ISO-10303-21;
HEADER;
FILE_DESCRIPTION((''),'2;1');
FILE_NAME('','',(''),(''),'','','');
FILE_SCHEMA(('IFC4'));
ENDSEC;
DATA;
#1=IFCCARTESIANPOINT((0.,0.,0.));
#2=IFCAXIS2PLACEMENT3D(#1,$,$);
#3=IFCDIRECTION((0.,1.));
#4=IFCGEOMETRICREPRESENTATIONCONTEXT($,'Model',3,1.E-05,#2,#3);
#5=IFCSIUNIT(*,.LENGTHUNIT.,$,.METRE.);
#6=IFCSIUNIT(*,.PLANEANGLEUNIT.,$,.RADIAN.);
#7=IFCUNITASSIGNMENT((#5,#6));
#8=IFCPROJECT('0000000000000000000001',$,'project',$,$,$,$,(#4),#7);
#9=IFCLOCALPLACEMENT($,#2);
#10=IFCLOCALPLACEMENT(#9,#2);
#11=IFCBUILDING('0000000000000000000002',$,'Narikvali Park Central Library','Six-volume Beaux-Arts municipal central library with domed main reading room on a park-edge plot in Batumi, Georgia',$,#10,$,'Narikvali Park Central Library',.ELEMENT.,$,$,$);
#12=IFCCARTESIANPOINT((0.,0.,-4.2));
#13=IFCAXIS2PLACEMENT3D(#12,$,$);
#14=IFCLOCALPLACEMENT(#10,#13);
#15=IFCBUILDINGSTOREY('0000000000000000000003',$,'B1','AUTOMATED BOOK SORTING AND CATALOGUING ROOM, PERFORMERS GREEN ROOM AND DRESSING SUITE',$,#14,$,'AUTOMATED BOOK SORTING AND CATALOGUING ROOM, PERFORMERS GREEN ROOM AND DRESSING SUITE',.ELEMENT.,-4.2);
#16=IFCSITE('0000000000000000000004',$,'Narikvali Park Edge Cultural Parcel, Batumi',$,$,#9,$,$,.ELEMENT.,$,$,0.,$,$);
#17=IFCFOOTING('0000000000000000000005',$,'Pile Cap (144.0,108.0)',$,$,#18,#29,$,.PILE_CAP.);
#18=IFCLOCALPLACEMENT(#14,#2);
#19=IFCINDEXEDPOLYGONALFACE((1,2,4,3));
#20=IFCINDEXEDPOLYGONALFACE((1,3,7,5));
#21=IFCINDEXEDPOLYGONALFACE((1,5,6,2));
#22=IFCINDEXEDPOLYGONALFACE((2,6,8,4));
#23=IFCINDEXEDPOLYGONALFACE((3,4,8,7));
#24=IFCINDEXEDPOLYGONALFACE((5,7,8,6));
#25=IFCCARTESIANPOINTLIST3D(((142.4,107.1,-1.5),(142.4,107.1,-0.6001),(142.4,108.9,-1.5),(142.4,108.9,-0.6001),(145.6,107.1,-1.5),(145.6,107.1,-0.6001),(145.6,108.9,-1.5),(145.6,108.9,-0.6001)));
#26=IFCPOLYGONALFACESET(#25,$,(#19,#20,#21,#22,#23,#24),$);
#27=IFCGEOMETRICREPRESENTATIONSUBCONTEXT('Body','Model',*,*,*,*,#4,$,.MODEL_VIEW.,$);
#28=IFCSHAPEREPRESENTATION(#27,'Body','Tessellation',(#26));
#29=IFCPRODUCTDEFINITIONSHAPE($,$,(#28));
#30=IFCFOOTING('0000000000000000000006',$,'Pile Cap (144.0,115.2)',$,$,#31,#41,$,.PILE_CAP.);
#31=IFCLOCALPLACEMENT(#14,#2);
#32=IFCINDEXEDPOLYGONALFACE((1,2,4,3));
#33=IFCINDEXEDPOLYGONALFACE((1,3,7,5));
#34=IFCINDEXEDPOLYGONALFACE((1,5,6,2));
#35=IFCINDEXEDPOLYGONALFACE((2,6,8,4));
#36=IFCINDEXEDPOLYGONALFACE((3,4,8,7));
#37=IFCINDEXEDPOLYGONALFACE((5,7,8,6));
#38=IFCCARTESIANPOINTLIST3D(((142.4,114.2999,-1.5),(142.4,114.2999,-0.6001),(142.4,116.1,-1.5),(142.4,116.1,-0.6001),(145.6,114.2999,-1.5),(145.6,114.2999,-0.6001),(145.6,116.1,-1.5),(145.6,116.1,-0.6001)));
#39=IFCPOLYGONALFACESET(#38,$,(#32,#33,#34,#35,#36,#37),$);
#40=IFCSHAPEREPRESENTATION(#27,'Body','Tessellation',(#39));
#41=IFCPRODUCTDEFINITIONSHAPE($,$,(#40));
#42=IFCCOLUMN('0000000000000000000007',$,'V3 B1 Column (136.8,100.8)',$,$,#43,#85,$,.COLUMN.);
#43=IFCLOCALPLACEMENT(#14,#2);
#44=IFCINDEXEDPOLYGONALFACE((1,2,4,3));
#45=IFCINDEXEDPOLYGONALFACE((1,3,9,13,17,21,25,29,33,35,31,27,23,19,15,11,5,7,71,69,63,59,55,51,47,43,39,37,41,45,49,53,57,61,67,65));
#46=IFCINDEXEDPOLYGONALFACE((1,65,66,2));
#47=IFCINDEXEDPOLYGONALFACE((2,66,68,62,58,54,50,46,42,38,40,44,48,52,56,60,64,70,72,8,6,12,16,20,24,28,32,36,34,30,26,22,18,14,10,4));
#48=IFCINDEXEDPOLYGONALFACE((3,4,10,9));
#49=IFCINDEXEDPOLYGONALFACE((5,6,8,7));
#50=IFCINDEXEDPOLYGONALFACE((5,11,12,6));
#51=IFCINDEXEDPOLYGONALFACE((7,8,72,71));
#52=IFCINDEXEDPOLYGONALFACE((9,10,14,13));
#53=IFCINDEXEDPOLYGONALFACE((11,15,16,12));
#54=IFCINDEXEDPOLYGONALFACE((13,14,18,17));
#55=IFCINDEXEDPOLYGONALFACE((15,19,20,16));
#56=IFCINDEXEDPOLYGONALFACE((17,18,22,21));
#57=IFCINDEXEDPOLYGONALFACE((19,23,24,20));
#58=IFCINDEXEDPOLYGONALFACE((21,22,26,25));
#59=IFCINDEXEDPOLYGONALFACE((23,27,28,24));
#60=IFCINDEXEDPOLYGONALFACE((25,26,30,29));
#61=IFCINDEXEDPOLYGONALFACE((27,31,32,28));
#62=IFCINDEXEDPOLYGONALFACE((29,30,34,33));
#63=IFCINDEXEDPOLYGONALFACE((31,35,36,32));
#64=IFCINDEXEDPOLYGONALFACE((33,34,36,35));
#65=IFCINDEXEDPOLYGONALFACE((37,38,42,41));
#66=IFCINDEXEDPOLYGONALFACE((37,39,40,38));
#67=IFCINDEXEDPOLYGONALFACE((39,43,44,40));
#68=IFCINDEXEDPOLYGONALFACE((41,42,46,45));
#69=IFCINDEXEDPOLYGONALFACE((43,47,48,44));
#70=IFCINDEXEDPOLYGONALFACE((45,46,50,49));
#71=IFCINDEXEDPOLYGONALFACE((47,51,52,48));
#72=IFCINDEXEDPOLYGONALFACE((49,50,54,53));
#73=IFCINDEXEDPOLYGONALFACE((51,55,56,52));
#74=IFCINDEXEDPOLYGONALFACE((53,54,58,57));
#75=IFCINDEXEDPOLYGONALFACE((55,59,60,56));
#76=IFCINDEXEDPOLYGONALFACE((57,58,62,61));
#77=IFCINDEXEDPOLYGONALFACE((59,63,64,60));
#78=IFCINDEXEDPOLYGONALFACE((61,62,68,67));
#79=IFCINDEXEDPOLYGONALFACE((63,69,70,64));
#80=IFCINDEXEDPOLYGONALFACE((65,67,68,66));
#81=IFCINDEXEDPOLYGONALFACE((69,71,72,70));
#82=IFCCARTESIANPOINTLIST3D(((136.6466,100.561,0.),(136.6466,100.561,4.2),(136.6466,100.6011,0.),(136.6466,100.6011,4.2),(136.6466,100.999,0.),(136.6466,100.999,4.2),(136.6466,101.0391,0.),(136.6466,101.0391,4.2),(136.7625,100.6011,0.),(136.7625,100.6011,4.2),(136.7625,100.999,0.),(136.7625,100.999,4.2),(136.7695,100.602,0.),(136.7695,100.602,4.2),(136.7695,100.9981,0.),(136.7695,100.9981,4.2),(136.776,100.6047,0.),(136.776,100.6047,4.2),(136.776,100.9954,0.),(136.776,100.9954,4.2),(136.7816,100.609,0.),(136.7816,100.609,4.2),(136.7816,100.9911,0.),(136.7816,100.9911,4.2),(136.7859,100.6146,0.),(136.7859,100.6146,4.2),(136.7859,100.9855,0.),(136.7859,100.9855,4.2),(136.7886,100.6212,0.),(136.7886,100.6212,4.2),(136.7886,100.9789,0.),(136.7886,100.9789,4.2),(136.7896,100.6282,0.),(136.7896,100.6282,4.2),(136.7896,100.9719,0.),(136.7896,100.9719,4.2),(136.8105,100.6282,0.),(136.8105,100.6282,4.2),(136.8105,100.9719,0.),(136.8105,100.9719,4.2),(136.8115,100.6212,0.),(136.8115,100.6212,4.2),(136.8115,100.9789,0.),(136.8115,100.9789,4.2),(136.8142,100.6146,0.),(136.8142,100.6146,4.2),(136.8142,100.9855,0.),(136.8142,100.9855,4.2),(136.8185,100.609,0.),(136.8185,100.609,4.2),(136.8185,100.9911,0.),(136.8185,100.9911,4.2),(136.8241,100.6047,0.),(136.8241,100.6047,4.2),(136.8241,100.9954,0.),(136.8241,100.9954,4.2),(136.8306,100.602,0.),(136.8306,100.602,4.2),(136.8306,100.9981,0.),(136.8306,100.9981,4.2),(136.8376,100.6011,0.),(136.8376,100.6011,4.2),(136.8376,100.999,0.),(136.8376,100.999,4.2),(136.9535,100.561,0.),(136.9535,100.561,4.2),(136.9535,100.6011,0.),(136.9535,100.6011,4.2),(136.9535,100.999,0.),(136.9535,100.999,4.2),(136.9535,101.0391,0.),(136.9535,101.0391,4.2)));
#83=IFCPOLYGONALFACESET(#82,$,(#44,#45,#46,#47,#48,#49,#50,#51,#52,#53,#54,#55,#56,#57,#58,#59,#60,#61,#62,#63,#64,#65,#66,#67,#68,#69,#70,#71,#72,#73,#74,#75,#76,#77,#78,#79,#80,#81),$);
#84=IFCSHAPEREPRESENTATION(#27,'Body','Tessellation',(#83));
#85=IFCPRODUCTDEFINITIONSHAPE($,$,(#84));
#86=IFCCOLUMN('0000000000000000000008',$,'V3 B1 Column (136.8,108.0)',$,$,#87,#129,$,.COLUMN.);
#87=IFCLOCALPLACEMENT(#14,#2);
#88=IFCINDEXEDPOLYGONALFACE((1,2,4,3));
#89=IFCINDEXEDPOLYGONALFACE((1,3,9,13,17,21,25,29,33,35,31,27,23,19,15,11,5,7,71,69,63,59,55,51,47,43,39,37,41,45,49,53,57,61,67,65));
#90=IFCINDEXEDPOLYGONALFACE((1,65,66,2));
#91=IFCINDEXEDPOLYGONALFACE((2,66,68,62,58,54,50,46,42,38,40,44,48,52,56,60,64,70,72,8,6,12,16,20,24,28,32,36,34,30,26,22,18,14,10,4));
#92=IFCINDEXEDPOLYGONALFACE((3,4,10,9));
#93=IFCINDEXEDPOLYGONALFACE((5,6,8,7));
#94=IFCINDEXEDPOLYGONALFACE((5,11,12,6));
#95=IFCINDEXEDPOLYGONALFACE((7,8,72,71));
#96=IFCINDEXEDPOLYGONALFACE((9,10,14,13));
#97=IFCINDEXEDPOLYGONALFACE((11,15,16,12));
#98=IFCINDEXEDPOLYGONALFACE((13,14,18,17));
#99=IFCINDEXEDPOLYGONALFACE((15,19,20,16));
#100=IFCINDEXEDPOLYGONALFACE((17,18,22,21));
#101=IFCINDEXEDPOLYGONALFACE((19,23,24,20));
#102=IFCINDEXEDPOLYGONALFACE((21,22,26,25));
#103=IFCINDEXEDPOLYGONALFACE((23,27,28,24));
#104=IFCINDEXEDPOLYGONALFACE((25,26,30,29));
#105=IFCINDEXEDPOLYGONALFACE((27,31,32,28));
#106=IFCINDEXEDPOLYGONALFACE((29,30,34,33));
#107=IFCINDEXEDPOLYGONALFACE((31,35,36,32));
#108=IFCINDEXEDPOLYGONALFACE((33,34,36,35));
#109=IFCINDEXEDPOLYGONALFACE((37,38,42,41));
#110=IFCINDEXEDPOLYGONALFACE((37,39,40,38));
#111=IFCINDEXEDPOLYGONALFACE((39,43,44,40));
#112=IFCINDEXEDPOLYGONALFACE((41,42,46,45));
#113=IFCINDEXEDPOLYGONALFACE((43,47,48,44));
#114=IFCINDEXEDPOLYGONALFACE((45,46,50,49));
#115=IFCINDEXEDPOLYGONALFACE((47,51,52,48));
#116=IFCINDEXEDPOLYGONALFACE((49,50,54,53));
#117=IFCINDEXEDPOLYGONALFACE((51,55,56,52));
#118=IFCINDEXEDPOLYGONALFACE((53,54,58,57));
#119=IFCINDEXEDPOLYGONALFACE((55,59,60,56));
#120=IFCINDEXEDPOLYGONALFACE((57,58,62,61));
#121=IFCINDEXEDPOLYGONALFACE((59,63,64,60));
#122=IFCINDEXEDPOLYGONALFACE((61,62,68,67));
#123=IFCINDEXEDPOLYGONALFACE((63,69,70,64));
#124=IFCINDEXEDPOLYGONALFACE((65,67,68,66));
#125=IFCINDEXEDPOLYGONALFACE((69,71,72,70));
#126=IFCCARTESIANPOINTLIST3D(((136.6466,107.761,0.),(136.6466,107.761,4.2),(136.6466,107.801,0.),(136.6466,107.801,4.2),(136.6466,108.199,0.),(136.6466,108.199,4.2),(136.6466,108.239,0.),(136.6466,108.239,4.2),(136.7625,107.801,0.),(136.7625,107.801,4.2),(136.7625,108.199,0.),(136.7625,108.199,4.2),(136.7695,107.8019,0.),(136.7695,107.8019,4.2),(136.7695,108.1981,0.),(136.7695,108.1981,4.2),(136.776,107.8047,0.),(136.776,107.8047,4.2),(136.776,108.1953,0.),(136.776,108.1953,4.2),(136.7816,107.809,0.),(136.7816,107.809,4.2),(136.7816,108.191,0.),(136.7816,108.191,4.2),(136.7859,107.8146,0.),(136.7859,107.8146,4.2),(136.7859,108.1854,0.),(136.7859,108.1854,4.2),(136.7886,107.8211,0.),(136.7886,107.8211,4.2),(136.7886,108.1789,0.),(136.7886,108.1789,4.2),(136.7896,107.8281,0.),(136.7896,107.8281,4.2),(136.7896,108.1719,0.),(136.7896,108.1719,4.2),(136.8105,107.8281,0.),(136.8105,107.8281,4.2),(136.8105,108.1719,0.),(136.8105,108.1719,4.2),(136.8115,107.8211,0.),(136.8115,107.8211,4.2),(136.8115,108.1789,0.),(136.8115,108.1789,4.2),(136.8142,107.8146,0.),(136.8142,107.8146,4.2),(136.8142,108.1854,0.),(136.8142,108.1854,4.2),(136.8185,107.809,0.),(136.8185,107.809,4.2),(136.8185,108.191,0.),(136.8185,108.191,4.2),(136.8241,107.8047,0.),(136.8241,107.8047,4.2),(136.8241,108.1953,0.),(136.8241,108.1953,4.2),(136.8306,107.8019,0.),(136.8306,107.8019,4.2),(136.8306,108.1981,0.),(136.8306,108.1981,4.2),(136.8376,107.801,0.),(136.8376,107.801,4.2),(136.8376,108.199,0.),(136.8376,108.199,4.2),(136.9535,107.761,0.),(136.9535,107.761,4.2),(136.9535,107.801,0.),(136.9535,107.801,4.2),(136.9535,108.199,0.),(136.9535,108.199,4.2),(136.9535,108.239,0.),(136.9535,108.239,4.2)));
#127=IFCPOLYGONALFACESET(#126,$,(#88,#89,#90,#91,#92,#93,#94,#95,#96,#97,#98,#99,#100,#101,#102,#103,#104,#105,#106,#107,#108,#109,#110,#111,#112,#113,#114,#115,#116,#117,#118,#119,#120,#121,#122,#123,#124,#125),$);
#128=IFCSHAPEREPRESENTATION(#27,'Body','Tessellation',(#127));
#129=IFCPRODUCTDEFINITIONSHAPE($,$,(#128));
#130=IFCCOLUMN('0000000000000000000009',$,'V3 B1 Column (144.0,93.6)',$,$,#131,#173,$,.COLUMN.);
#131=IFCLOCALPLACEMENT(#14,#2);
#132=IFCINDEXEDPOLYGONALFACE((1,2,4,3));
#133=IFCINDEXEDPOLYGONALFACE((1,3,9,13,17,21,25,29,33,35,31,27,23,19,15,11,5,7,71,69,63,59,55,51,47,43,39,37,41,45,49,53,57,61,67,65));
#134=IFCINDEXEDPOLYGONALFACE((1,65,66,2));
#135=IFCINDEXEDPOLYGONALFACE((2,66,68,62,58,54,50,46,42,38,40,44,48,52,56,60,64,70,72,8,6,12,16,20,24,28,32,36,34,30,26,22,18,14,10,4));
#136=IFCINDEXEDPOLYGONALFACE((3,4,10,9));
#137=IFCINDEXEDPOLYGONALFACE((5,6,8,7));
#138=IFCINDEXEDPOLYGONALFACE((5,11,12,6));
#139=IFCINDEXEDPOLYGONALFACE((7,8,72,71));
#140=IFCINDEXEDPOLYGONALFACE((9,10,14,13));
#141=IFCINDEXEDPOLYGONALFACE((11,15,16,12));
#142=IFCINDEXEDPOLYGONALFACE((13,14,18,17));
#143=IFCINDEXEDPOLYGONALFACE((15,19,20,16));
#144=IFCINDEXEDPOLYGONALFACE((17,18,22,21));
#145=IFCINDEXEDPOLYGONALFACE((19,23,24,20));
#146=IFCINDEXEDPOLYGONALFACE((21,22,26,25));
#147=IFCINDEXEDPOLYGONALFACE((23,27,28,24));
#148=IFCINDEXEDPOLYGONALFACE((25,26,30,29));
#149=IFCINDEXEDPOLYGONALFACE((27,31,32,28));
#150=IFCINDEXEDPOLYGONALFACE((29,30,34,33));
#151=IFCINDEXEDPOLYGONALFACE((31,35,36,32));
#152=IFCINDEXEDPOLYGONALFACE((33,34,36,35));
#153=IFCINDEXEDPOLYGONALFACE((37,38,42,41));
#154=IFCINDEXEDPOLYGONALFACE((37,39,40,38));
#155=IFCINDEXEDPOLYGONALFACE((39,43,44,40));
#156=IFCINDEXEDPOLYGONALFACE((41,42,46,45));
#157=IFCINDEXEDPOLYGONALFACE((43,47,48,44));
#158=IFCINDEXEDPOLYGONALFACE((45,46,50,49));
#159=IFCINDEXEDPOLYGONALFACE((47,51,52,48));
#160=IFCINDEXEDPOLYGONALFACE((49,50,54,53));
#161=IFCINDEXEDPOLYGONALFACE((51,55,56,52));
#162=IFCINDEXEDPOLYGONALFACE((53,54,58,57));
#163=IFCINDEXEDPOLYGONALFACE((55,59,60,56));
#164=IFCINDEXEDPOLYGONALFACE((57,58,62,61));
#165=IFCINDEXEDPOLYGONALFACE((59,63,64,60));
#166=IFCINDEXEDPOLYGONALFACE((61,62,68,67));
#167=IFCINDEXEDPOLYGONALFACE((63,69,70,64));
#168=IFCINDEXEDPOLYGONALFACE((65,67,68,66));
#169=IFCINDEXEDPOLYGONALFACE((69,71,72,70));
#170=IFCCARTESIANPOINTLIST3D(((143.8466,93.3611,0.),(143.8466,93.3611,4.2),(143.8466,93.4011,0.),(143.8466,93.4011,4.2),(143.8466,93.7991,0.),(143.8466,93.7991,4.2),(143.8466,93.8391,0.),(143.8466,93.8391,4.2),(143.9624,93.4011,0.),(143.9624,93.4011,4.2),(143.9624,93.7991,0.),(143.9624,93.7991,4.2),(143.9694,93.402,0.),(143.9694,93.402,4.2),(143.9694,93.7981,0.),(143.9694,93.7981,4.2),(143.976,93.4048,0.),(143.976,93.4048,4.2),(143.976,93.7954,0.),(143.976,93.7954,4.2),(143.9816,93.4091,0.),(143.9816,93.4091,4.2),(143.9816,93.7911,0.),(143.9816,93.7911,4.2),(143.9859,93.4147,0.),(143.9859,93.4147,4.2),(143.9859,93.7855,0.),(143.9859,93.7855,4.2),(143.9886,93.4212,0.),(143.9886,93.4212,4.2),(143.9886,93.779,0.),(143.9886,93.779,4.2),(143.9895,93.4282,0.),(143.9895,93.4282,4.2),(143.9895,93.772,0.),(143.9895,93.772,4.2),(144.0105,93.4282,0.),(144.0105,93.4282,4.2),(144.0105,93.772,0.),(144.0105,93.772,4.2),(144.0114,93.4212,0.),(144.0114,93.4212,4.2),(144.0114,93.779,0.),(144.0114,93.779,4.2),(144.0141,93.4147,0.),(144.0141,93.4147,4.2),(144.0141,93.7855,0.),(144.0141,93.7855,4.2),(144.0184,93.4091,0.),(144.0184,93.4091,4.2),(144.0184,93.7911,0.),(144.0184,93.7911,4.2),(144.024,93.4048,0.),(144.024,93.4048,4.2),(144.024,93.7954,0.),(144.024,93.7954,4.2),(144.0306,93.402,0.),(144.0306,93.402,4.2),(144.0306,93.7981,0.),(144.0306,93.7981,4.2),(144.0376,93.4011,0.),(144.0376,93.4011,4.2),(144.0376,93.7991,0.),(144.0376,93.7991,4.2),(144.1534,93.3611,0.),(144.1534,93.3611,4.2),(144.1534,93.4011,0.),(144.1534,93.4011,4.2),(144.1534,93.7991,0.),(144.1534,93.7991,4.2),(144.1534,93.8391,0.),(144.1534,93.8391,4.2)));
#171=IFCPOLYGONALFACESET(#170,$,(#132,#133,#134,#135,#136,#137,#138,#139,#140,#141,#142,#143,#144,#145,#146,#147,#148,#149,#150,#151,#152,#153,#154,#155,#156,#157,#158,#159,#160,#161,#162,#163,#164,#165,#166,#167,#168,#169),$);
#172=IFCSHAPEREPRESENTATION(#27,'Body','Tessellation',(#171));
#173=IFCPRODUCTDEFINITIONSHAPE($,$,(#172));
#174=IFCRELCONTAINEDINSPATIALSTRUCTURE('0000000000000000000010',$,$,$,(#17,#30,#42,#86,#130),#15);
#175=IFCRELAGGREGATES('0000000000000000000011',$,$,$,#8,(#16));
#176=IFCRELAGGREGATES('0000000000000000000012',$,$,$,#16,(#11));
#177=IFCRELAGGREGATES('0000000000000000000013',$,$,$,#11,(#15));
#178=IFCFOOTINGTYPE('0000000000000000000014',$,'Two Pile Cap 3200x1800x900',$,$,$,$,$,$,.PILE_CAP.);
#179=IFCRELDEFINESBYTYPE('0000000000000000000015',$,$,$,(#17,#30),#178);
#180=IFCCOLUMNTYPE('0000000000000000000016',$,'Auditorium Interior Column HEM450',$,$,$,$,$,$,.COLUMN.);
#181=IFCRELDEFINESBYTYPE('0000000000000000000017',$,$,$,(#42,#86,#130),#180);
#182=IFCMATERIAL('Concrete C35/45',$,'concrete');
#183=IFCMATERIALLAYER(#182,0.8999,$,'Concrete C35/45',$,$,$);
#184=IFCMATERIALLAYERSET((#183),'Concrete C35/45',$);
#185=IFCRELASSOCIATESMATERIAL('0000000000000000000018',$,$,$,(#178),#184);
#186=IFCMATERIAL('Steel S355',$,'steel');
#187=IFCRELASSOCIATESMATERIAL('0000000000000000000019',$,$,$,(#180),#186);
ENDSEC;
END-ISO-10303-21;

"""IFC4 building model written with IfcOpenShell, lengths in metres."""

from ifc_helpers import new_model, si_unit, direction, frame, origin, origin_2d, place, context, subcontext, project, spatial, rectangle, i_section, extrude, material, layer, layer_set, material_profile, profile_set, type_object, element, save


model = new_model("IFC4")

# Units and contexts
model_context = context("Model", 3, precision=1e-05, world=origin(), true_north=direction((0.0, 1.0)))
body_context = subcontext(model_context, "Body", "Model", "MODEL_VIEW")
ifc_project = project(units=[si_unit("LENGTHUNIT", "METRE"), si_unit("PLANEANGLEUNIT", "RADIAN")], contexts=[model_context])

# Site, building, storey
site_placement = place(None, origin())
site = spatial("IfcSite", under=ifc_project, at=site_placement, Name="Narikvali Park Edge Cultural Parcel, Batumi", CompositionType="ELEMENT", RefElevation=0.0)
building_placement = place(site_placement, origin())
building = spatial("IfcBuilding", under=site, at=building_placement, Name="Narikvali Park Central Library", Description="Six-volume Beaux-Arts municipal central library with domed main reading room on a park-edge plot in Batumi, Georgia", LongName="Narikvali Park Central Library", CompositionType="ELEMENT")
storey_placement = place(building_placement, frame((0.0, 0.0, -4.2)))
storey = spatial("IfcBuildingStorey", under=building, at=storey_placement, Name="B1", Description="AUTOMATED BOOK SORTING AND CATALOGUING ROOM, PERFORMERS GREEN ROOM AND DRESSING SUITE", LongName="AUTOMATED BOOK SORTING AND CATALOGUING ROOM, PERFORMERS GREEN ROOM AND DRESSING SUITE", CompositionType="ELEMENT", Elevation=-4.2)

# Shared definitions
ifc_material_1 = material(Name="Concrete C35/45", Category="concrete")

# Footings
ifc_layer_1 = layer(ifc_material_1, 0.8999, Name="Concrete C35/45")
ifc_layer_set_1 = layer_set([ifc_layer_1], Name="Concrete C35/45")
footing_type_1 = type_object("IfcFootingType", Name="Two Pile Cap 3200x1800x900", PredefinedType="PILE_CAP", material=ifc_layer_set_1)
for number, where, z_axis, x_axis, name in (
    (1, (144.0, 108.0, -1.5), (0.0, 0.0, 1.0), (1.0, 0.0, 0.0), "Pile Cap (144.0,108.0)"),
    (2, (144.0, 115.2, -1.5), (0.0, 0.0, 1.0), (1.0, 0.0, 0.0), "Pile Cap (144.0,115.2)"),
):
    element("IfcFooting", number, at=place(storey_placement, frame(where, z_axis=z_axis, x_axis=x_axis)), inside=storey, type_object=footing_type_1, Name=name, PredefinedType="PILE_CAP", context=body_context, shape_type="SweptSolid", body=[
        extrude(rectangle(XDim=3.2, YDim=1.8, at=origin_2d()), origin(), (0.0, 0.0, 1.0), 0.8999),
    ])

# Columns
ifc_material_2 = material(Name="Steel S355", Category="steel")
ifc_material_profile_1 = material_profile(ifc_material_2, i_section(OverallWidth=0.3069, OverallDepth=0.478, WebThickness=0.021, FlangeThickness=0.04, FilletRadius=0.0271, at=origin_2d()), Name="HEM 450")
ifc_profile_set_1 = profile_set([ifc_material_profile_1], Name="Steel S355")
column_type_1 = type_object("IfcColumnType", Name="Auditorium Interior Column HEM450", PredefinedType="COLUMN", material=ifc_profile_set_1)
for number, where, z_axis, x_axis, name in (
    (3, (136.8, 100.8, 0.0), (0.0, 0.0, 1.0), (1.0, 0.0, 0.0), "V3 B1 Column (136.8,100.8)"),
    (4, (136.8, 108.0, 0.0), (0.0, 0.0, 1.0), (1.0, 0.0, 0.0), "V3 B1 Column (136.8,108.0)"),
    (5, (144.0, 93.6001, 0.0), (0.0, 0.0, 1.0), (1.0, 0.0, 0.0), "V3 B1 Column (144.0,93.6)"),
):
    element("IfcColumn", number, at=place(storey_placement, frame(where, z_axis=z_axis, x_axis=x_axis)), inside=storey, type_object=column_type_1, Name=name, PredefinedType="COLUMN", context=body_context, shape_type="SweptSolid", body=[
        extrude(i_section(OverallWidth=0.3069, OverallDepth=0.478, WebThickness=0.021, FlangeThickness=0.04, FilletRadius=0.0271, at=origin_2d()), origin(), (0.0, 0.0, 1.0), 4.2),
    ])

save(model, "model.ifc")
